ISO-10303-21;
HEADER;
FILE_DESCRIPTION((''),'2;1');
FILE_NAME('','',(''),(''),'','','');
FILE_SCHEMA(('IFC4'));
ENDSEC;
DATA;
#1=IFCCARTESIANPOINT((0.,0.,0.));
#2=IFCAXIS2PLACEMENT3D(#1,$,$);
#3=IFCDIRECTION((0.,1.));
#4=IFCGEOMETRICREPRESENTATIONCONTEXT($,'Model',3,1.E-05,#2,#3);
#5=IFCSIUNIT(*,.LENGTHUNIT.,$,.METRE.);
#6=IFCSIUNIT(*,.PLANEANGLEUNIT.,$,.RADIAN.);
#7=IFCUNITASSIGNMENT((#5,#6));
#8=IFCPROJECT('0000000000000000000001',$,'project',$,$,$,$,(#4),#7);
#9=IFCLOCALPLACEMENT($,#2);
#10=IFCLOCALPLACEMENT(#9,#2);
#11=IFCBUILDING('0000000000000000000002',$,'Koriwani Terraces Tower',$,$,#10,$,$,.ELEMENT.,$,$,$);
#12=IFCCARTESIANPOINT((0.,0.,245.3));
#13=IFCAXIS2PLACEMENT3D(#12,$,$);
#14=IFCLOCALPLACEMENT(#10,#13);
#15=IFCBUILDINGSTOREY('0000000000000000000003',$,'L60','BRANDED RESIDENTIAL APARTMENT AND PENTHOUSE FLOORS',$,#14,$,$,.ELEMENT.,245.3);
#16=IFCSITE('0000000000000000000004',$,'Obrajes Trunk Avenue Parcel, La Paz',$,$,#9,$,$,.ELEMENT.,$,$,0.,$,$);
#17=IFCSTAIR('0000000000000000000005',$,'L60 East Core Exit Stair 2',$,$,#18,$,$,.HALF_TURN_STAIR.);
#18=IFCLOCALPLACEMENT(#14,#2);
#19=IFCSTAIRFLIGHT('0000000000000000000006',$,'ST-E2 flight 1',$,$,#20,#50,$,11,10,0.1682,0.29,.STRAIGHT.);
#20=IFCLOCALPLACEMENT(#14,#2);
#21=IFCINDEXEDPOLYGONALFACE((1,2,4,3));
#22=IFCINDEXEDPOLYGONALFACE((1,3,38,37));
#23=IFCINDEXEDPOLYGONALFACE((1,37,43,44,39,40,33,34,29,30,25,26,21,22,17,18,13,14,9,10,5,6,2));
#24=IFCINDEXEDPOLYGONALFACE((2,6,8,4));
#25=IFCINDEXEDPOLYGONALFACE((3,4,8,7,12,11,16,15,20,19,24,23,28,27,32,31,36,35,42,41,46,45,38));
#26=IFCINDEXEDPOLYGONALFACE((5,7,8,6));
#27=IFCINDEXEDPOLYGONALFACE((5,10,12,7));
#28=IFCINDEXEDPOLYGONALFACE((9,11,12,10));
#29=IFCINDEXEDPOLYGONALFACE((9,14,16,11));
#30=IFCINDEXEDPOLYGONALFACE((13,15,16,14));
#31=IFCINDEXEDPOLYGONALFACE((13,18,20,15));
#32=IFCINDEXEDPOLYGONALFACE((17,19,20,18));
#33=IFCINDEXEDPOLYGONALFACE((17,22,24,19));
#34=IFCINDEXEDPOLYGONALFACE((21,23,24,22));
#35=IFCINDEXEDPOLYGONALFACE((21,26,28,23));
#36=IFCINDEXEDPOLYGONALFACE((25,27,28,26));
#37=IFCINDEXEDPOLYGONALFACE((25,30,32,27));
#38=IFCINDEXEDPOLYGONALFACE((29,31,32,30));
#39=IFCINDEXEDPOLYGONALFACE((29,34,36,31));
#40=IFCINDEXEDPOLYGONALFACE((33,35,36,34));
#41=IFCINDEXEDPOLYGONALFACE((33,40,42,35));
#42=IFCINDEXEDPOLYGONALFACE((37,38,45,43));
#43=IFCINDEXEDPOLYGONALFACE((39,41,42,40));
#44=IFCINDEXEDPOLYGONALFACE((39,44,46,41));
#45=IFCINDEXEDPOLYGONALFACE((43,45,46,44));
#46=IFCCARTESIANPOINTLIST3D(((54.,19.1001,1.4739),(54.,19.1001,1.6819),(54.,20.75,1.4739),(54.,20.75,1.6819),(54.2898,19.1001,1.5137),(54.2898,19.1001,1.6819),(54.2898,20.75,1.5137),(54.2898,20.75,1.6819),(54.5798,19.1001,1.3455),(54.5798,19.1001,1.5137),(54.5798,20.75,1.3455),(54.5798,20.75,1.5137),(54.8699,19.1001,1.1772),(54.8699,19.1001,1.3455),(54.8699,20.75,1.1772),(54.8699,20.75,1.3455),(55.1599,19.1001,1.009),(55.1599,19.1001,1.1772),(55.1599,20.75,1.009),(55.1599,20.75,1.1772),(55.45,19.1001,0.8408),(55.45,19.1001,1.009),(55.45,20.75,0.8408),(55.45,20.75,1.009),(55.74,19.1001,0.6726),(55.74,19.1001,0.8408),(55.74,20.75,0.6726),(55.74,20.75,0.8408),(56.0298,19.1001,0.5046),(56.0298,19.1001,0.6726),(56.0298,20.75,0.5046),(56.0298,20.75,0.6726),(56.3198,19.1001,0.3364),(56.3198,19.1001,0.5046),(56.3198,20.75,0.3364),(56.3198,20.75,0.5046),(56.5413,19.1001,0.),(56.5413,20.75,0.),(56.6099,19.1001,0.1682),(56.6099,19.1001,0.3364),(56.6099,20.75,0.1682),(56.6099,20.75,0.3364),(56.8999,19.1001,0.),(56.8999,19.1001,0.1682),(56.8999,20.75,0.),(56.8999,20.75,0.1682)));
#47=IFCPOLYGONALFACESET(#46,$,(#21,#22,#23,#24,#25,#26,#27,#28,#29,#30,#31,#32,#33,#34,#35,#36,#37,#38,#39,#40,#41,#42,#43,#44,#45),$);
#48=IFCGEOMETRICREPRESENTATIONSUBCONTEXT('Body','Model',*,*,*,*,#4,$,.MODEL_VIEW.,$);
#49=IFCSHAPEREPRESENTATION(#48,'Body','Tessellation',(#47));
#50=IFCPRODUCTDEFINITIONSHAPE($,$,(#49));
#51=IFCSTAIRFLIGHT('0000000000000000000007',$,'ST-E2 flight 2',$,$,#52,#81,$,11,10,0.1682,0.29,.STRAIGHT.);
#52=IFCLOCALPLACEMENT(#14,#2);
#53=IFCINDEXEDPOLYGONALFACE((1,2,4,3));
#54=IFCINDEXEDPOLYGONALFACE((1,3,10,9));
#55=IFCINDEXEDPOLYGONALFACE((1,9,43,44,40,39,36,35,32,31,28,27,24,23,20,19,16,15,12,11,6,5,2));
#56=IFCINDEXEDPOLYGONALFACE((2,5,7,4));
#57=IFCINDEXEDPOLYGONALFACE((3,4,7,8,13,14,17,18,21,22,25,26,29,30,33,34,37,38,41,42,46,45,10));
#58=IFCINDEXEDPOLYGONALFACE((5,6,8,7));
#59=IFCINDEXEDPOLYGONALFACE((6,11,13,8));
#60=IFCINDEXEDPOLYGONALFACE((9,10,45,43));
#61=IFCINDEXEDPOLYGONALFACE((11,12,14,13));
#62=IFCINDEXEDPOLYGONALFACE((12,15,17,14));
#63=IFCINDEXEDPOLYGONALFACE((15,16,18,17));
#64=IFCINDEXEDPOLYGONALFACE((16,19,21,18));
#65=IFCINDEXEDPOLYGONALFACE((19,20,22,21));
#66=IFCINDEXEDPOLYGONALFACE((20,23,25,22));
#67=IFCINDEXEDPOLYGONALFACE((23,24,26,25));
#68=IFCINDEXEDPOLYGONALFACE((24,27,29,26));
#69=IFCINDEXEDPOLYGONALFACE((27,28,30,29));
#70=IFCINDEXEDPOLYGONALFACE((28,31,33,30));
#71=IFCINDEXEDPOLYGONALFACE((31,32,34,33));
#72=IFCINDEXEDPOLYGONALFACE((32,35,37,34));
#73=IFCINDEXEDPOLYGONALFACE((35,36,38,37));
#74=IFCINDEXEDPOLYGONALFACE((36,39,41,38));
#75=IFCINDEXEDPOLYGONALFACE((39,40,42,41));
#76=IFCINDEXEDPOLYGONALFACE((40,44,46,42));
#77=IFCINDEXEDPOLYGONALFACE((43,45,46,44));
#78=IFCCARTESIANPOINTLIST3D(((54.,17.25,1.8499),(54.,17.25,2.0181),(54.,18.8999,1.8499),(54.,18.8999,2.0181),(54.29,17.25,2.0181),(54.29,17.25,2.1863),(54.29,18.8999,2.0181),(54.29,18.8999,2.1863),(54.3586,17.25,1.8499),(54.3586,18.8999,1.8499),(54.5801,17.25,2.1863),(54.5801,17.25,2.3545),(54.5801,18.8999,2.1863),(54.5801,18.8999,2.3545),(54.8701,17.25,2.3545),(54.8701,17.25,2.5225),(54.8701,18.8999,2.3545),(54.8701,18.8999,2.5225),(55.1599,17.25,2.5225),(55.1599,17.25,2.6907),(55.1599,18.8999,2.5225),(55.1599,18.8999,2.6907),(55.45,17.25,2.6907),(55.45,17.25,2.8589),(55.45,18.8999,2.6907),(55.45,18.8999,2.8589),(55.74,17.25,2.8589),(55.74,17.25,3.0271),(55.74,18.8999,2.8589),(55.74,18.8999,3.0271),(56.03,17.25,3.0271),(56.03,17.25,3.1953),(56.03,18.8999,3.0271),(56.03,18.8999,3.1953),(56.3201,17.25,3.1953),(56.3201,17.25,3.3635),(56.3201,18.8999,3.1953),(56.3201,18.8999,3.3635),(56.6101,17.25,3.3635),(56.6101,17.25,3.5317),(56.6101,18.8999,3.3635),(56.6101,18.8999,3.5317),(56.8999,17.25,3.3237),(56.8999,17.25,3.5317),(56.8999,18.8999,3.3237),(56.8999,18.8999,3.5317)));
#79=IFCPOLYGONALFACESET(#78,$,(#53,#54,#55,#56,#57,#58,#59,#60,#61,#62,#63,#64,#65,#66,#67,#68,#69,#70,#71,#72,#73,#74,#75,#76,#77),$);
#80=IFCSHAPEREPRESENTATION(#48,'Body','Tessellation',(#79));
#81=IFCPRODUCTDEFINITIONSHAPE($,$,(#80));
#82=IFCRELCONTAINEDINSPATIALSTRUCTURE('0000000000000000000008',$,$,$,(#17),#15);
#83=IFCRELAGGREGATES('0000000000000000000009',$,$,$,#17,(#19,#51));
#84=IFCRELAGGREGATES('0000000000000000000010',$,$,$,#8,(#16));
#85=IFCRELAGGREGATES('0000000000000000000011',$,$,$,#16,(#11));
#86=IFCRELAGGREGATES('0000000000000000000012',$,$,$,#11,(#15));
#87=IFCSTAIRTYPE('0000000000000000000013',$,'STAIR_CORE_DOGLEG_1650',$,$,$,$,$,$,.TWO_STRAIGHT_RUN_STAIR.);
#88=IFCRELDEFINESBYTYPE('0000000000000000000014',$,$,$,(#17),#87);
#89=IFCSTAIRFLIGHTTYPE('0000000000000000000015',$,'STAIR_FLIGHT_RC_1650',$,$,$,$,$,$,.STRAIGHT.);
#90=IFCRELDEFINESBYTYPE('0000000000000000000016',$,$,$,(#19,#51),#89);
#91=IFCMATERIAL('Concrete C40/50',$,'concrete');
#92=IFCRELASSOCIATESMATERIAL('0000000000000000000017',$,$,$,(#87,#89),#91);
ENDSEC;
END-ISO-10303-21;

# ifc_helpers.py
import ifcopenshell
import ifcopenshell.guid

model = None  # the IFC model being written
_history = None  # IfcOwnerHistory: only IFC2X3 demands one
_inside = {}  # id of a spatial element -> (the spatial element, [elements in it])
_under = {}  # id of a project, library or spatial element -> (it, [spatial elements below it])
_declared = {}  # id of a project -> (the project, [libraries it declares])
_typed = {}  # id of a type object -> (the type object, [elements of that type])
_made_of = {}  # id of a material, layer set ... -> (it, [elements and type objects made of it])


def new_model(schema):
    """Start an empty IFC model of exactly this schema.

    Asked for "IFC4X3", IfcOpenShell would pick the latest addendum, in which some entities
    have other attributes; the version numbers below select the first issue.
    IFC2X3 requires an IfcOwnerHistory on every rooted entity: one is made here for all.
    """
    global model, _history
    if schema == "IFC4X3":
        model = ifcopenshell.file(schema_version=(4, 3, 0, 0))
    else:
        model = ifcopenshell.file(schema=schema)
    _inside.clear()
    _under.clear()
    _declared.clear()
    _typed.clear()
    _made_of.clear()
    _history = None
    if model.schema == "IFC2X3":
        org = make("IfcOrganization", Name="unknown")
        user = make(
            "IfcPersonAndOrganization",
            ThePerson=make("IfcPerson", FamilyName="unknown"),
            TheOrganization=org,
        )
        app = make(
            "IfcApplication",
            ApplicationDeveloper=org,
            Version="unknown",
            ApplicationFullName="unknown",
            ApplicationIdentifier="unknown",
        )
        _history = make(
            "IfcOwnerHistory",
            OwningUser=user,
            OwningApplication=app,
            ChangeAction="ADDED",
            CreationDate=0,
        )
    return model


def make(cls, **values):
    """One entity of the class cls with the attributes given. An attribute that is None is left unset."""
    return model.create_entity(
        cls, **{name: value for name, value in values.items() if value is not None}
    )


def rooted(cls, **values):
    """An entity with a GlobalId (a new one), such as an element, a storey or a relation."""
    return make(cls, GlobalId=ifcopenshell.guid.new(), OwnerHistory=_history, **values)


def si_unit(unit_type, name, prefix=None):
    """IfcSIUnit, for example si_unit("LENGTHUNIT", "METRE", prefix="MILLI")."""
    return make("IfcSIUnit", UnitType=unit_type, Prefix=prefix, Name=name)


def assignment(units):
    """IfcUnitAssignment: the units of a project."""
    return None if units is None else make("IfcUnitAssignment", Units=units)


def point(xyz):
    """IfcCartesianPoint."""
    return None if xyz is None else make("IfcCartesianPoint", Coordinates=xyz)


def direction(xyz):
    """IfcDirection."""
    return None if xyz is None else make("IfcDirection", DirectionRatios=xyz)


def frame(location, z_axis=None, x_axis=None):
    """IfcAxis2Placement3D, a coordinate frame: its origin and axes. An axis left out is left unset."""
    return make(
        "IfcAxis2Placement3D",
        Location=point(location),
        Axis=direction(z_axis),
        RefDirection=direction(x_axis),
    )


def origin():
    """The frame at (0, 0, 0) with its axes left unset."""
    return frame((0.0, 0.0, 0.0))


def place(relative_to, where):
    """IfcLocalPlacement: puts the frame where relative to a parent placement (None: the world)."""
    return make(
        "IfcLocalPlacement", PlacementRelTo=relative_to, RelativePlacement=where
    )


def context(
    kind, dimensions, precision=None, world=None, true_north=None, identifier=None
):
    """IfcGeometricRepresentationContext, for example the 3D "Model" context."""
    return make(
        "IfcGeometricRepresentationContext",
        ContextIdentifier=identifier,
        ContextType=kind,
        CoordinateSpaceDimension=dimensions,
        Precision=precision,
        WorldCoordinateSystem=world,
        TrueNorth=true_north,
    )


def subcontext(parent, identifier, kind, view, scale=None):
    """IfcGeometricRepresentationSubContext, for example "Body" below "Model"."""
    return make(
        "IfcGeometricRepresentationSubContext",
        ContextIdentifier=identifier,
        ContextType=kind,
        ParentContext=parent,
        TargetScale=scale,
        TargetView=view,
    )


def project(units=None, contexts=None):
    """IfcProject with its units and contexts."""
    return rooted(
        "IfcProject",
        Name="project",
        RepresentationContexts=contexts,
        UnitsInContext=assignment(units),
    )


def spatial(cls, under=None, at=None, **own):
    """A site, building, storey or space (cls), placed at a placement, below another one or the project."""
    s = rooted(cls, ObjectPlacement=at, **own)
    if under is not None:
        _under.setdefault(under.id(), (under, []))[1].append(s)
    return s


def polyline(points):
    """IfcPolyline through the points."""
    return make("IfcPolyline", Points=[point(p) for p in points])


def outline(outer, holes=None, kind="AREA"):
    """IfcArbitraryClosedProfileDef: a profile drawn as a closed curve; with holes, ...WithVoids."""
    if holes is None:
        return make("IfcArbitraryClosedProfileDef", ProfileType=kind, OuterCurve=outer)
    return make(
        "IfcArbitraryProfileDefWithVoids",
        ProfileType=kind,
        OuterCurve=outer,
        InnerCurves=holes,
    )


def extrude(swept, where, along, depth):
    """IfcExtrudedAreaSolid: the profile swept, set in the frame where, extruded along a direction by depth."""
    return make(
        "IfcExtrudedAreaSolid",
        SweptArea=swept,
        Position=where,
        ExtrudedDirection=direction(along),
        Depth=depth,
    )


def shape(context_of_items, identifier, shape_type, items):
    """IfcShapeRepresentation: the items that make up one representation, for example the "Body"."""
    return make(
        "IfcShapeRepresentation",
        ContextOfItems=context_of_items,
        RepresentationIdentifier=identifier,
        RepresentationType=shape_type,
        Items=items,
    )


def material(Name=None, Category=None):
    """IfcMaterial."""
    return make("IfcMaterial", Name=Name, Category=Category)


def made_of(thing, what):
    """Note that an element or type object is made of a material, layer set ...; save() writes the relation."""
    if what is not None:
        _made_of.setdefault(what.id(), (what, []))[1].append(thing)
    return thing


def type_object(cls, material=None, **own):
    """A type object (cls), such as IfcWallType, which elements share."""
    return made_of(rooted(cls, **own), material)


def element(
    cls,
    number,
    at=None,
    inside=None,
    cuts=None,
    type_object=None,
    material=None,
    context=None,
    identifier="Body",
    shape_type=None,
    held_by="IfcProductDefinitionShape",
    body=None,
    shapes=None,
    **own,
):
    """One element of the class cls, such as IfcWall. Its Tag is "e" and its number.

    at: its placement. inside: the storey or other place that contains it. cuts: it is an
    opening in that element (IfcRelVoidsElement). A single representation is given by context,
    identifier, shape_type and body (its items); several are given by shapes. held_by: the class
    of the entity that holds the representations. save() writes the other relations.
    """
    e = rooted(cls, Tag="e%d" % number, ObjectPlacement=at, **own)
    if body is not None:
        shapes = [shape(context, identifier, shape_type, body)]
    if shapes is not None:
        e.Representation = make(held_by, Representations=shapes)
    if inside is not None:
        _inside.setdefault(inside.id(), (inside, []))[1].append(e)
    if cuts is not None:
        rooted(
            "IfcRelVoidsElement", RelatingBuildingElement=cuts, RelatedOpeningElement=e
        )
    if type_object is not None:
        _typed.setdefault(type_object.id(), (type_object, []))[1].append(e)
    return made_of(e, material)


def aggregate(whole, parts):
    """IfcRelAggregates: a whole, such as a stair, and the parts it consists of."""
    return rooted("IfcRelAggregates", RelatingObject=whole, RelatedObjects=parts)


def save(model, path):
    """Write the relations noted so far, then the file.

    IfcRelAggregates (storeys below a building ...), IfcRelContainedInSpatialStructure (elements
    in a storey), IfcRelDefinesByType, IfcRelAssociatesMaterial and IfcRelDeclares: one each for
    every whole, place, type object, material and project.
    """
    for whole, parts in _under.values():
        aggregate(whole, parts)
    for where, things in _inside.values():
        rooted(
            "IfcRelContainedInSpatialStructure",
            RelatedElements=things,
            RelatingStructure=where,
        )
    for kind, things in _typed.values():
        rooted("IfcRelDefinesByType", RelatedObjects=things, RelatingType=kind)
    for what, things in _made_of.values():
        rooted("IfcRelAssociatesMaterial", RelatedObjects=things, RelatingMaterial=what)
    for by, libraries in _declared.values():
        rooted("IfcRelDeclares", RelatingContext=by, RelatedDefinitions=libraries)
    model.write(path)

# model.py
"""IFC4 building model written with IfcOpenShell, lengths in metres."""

from ifc_helpers import new_model, si_unit, direction, frame, origin, place, context, subcontext, project, spatial, polyline, outline, extrude, material, type_object, element, aggregate, save


model = new_model("IFC4")

# Units and contexts
model_context = context("Model", 3, precision=1e-05, world=origin(), true_north=direction((0.0, 1.0)))
body_context = subcontext(model_context, "Body", "Model", "MODEL_VIEW")
ifc_project = project(units=[si_unit("LENGTHUNIT", "METRE"), si_unit("PLANEANGLEUNIT", "RADIAN")], contexts=[model_context])

# Site, building, storey
site_placement = place(None, origin())
site = spatial("IfcSite", under=ifc_project, at=site_placement, Name="Obrajes Trunk Avenue Parcel, La Paz", CompositionType="ELEMENT", RefElevation=0.0)
building_placement = place(site_placement, origin())
building = spatial("IfcBuilding", under=site, at=building_placement, Name="Koriwani Terraces Tower", CompositionType="ELEMENT")
storey_placement = place(building_placement, frame((0.0, 0.0, 245.3)))
storey = spatial("IfcBuildingStorey", under=building, at=storey_placement, Name="L60", Description="BRANDED RESIDENTIAL APARTMENT AND PENTHOUSE FLOORS", CompositionType="ELEMENT", Elevation=245.3)

# Shared definitions
ifc_material_1 = material(Name="Concrete C40/50", Category="concrete")

# Stair, stair flights
stair_type = type_object("IfcStairType", Name="STAIR_CORE_DOGLEG_1650", PredefinedType="TWO_STRAIGHT_RUN_STAIR", material=ifc_material_1)
stair_flight_type = type_object("IfcStairFlightType", Name="STAIR_FLIGHT_RC_1650", PredefinedType="STRAIGHT", material=ifc_material_1)
stair_1_placement = place(storey_placement, origin())
stair_1 = element("IfcStair", 1, at=stair_1_placement, inside=storey, type_object=stair_type, Name="L60 East Core Exit Stair 2", PredefinedType="HALF_TURN_STAIR")
stair_flight_1_placement = place(storey_placement, frame((56.8999, 19.925, 0.0), z_axis=(0.0, 0.0, 1.0), x_axis=(-1.0, 0.0, 0.0)))
stair_flight_1 = element("IfcStairFlight", 2, at=stair_flight_1_placement, type_object=stair_flight_type, Name="ST-E2 flight 1", NumberOfRisers=11, NumberOfTreads=10, PredefinedType="STRAIGHT", RiserHeight=0.1682, TreadLength=0.29, context=body_context, shape_type="SweptSolid", body=[
    extrude(outline(polyline([(0.0, 0.0), (0.0, 0.1682), (0.29, 0.1682), (0.29, 0.3364), (0.5801, 0.3364), (0.5801, 0.5046), (0.8701, 0.5046), (0.8701, 0.6726), (1.1599, 0.6726), (1.1599, 0.8408), (1.45, 0.8408), (1.45, 1.009), (1.74, 1.009), (1.74, 1.1772), (2.03, 1.1772), (2.03, 1.3455), (2.3201, 1.3455), (2.3201, 1.5137), (2.6101, 1.5137), (2.6101, 1.6819), (2.8999, 1.6819), (2.8999, 1.8501), (2.8999, 1.4739), (0.3586, 0.0), (0.0, 0.0)])), frame((0.0, 0.825, 0.0), z_axis=(0.0, -1.0, 0.0), x_axis=(1.0, 0.0, 0.0)), (0.0, 0.0, 1.0), 1.6499),
])
stair_flight_2_placement = place(storey_placement, frame((54.0, 18.075, 1.8499), z_axis=(0.0, 0.0, 1.0), x_axis=(1.0, 0.0, 0.0)))
stair_flight_2 = element("IfcStairFlight", 3, at=stair_flight_2_placement, type_object=stair_flight_type, Name="ST-E2 flight 2", NumberOfRisers=11, NumberOfTreads=10, PredefinedType="STRAIGHT", RiserHeight=0.1682, TreadLength=0.29, context=body_context, shape_type="SweptSolid", body=[
    extrude(outline(polyline([(0.0, 0.0), (0.0, 0.1682), (0.29, 0.1682), (0.29, 0.3364), (0.5801, 0.3364), (0.5801, 0.5046), (0.8701, 0.5046), (0.8701, 0.6726), (1.1599, 0.6726), (1.1599, 0.8408), (1.45, 0.8408), (1.45, 1.009), (1.74, 1.009), (1.74, 1.1772), (2.03, 1.1772), (2.03, 1.3455), (2.3201, 1.3455), (2.3201, 1.5137), (2.6101, 1.5137), (2.6101, 1.6819), (2.8999, 1.6819), (2.8999, 1.8501), (2.8999, 1.4739), (0.3586, 0.0), (0.0, 0.0)])), frame((0.0, 0.825, 0.0), z_axis=(0.0, -1.0, 0.0), x_axis=(1.0, 0.0, 0.0)), (0.0, 0.0, 1.0), 1.6499),
])
aggregate(stair_1, [stair_flight_1, stair_flight_2])

save(model, "model.ifc")
